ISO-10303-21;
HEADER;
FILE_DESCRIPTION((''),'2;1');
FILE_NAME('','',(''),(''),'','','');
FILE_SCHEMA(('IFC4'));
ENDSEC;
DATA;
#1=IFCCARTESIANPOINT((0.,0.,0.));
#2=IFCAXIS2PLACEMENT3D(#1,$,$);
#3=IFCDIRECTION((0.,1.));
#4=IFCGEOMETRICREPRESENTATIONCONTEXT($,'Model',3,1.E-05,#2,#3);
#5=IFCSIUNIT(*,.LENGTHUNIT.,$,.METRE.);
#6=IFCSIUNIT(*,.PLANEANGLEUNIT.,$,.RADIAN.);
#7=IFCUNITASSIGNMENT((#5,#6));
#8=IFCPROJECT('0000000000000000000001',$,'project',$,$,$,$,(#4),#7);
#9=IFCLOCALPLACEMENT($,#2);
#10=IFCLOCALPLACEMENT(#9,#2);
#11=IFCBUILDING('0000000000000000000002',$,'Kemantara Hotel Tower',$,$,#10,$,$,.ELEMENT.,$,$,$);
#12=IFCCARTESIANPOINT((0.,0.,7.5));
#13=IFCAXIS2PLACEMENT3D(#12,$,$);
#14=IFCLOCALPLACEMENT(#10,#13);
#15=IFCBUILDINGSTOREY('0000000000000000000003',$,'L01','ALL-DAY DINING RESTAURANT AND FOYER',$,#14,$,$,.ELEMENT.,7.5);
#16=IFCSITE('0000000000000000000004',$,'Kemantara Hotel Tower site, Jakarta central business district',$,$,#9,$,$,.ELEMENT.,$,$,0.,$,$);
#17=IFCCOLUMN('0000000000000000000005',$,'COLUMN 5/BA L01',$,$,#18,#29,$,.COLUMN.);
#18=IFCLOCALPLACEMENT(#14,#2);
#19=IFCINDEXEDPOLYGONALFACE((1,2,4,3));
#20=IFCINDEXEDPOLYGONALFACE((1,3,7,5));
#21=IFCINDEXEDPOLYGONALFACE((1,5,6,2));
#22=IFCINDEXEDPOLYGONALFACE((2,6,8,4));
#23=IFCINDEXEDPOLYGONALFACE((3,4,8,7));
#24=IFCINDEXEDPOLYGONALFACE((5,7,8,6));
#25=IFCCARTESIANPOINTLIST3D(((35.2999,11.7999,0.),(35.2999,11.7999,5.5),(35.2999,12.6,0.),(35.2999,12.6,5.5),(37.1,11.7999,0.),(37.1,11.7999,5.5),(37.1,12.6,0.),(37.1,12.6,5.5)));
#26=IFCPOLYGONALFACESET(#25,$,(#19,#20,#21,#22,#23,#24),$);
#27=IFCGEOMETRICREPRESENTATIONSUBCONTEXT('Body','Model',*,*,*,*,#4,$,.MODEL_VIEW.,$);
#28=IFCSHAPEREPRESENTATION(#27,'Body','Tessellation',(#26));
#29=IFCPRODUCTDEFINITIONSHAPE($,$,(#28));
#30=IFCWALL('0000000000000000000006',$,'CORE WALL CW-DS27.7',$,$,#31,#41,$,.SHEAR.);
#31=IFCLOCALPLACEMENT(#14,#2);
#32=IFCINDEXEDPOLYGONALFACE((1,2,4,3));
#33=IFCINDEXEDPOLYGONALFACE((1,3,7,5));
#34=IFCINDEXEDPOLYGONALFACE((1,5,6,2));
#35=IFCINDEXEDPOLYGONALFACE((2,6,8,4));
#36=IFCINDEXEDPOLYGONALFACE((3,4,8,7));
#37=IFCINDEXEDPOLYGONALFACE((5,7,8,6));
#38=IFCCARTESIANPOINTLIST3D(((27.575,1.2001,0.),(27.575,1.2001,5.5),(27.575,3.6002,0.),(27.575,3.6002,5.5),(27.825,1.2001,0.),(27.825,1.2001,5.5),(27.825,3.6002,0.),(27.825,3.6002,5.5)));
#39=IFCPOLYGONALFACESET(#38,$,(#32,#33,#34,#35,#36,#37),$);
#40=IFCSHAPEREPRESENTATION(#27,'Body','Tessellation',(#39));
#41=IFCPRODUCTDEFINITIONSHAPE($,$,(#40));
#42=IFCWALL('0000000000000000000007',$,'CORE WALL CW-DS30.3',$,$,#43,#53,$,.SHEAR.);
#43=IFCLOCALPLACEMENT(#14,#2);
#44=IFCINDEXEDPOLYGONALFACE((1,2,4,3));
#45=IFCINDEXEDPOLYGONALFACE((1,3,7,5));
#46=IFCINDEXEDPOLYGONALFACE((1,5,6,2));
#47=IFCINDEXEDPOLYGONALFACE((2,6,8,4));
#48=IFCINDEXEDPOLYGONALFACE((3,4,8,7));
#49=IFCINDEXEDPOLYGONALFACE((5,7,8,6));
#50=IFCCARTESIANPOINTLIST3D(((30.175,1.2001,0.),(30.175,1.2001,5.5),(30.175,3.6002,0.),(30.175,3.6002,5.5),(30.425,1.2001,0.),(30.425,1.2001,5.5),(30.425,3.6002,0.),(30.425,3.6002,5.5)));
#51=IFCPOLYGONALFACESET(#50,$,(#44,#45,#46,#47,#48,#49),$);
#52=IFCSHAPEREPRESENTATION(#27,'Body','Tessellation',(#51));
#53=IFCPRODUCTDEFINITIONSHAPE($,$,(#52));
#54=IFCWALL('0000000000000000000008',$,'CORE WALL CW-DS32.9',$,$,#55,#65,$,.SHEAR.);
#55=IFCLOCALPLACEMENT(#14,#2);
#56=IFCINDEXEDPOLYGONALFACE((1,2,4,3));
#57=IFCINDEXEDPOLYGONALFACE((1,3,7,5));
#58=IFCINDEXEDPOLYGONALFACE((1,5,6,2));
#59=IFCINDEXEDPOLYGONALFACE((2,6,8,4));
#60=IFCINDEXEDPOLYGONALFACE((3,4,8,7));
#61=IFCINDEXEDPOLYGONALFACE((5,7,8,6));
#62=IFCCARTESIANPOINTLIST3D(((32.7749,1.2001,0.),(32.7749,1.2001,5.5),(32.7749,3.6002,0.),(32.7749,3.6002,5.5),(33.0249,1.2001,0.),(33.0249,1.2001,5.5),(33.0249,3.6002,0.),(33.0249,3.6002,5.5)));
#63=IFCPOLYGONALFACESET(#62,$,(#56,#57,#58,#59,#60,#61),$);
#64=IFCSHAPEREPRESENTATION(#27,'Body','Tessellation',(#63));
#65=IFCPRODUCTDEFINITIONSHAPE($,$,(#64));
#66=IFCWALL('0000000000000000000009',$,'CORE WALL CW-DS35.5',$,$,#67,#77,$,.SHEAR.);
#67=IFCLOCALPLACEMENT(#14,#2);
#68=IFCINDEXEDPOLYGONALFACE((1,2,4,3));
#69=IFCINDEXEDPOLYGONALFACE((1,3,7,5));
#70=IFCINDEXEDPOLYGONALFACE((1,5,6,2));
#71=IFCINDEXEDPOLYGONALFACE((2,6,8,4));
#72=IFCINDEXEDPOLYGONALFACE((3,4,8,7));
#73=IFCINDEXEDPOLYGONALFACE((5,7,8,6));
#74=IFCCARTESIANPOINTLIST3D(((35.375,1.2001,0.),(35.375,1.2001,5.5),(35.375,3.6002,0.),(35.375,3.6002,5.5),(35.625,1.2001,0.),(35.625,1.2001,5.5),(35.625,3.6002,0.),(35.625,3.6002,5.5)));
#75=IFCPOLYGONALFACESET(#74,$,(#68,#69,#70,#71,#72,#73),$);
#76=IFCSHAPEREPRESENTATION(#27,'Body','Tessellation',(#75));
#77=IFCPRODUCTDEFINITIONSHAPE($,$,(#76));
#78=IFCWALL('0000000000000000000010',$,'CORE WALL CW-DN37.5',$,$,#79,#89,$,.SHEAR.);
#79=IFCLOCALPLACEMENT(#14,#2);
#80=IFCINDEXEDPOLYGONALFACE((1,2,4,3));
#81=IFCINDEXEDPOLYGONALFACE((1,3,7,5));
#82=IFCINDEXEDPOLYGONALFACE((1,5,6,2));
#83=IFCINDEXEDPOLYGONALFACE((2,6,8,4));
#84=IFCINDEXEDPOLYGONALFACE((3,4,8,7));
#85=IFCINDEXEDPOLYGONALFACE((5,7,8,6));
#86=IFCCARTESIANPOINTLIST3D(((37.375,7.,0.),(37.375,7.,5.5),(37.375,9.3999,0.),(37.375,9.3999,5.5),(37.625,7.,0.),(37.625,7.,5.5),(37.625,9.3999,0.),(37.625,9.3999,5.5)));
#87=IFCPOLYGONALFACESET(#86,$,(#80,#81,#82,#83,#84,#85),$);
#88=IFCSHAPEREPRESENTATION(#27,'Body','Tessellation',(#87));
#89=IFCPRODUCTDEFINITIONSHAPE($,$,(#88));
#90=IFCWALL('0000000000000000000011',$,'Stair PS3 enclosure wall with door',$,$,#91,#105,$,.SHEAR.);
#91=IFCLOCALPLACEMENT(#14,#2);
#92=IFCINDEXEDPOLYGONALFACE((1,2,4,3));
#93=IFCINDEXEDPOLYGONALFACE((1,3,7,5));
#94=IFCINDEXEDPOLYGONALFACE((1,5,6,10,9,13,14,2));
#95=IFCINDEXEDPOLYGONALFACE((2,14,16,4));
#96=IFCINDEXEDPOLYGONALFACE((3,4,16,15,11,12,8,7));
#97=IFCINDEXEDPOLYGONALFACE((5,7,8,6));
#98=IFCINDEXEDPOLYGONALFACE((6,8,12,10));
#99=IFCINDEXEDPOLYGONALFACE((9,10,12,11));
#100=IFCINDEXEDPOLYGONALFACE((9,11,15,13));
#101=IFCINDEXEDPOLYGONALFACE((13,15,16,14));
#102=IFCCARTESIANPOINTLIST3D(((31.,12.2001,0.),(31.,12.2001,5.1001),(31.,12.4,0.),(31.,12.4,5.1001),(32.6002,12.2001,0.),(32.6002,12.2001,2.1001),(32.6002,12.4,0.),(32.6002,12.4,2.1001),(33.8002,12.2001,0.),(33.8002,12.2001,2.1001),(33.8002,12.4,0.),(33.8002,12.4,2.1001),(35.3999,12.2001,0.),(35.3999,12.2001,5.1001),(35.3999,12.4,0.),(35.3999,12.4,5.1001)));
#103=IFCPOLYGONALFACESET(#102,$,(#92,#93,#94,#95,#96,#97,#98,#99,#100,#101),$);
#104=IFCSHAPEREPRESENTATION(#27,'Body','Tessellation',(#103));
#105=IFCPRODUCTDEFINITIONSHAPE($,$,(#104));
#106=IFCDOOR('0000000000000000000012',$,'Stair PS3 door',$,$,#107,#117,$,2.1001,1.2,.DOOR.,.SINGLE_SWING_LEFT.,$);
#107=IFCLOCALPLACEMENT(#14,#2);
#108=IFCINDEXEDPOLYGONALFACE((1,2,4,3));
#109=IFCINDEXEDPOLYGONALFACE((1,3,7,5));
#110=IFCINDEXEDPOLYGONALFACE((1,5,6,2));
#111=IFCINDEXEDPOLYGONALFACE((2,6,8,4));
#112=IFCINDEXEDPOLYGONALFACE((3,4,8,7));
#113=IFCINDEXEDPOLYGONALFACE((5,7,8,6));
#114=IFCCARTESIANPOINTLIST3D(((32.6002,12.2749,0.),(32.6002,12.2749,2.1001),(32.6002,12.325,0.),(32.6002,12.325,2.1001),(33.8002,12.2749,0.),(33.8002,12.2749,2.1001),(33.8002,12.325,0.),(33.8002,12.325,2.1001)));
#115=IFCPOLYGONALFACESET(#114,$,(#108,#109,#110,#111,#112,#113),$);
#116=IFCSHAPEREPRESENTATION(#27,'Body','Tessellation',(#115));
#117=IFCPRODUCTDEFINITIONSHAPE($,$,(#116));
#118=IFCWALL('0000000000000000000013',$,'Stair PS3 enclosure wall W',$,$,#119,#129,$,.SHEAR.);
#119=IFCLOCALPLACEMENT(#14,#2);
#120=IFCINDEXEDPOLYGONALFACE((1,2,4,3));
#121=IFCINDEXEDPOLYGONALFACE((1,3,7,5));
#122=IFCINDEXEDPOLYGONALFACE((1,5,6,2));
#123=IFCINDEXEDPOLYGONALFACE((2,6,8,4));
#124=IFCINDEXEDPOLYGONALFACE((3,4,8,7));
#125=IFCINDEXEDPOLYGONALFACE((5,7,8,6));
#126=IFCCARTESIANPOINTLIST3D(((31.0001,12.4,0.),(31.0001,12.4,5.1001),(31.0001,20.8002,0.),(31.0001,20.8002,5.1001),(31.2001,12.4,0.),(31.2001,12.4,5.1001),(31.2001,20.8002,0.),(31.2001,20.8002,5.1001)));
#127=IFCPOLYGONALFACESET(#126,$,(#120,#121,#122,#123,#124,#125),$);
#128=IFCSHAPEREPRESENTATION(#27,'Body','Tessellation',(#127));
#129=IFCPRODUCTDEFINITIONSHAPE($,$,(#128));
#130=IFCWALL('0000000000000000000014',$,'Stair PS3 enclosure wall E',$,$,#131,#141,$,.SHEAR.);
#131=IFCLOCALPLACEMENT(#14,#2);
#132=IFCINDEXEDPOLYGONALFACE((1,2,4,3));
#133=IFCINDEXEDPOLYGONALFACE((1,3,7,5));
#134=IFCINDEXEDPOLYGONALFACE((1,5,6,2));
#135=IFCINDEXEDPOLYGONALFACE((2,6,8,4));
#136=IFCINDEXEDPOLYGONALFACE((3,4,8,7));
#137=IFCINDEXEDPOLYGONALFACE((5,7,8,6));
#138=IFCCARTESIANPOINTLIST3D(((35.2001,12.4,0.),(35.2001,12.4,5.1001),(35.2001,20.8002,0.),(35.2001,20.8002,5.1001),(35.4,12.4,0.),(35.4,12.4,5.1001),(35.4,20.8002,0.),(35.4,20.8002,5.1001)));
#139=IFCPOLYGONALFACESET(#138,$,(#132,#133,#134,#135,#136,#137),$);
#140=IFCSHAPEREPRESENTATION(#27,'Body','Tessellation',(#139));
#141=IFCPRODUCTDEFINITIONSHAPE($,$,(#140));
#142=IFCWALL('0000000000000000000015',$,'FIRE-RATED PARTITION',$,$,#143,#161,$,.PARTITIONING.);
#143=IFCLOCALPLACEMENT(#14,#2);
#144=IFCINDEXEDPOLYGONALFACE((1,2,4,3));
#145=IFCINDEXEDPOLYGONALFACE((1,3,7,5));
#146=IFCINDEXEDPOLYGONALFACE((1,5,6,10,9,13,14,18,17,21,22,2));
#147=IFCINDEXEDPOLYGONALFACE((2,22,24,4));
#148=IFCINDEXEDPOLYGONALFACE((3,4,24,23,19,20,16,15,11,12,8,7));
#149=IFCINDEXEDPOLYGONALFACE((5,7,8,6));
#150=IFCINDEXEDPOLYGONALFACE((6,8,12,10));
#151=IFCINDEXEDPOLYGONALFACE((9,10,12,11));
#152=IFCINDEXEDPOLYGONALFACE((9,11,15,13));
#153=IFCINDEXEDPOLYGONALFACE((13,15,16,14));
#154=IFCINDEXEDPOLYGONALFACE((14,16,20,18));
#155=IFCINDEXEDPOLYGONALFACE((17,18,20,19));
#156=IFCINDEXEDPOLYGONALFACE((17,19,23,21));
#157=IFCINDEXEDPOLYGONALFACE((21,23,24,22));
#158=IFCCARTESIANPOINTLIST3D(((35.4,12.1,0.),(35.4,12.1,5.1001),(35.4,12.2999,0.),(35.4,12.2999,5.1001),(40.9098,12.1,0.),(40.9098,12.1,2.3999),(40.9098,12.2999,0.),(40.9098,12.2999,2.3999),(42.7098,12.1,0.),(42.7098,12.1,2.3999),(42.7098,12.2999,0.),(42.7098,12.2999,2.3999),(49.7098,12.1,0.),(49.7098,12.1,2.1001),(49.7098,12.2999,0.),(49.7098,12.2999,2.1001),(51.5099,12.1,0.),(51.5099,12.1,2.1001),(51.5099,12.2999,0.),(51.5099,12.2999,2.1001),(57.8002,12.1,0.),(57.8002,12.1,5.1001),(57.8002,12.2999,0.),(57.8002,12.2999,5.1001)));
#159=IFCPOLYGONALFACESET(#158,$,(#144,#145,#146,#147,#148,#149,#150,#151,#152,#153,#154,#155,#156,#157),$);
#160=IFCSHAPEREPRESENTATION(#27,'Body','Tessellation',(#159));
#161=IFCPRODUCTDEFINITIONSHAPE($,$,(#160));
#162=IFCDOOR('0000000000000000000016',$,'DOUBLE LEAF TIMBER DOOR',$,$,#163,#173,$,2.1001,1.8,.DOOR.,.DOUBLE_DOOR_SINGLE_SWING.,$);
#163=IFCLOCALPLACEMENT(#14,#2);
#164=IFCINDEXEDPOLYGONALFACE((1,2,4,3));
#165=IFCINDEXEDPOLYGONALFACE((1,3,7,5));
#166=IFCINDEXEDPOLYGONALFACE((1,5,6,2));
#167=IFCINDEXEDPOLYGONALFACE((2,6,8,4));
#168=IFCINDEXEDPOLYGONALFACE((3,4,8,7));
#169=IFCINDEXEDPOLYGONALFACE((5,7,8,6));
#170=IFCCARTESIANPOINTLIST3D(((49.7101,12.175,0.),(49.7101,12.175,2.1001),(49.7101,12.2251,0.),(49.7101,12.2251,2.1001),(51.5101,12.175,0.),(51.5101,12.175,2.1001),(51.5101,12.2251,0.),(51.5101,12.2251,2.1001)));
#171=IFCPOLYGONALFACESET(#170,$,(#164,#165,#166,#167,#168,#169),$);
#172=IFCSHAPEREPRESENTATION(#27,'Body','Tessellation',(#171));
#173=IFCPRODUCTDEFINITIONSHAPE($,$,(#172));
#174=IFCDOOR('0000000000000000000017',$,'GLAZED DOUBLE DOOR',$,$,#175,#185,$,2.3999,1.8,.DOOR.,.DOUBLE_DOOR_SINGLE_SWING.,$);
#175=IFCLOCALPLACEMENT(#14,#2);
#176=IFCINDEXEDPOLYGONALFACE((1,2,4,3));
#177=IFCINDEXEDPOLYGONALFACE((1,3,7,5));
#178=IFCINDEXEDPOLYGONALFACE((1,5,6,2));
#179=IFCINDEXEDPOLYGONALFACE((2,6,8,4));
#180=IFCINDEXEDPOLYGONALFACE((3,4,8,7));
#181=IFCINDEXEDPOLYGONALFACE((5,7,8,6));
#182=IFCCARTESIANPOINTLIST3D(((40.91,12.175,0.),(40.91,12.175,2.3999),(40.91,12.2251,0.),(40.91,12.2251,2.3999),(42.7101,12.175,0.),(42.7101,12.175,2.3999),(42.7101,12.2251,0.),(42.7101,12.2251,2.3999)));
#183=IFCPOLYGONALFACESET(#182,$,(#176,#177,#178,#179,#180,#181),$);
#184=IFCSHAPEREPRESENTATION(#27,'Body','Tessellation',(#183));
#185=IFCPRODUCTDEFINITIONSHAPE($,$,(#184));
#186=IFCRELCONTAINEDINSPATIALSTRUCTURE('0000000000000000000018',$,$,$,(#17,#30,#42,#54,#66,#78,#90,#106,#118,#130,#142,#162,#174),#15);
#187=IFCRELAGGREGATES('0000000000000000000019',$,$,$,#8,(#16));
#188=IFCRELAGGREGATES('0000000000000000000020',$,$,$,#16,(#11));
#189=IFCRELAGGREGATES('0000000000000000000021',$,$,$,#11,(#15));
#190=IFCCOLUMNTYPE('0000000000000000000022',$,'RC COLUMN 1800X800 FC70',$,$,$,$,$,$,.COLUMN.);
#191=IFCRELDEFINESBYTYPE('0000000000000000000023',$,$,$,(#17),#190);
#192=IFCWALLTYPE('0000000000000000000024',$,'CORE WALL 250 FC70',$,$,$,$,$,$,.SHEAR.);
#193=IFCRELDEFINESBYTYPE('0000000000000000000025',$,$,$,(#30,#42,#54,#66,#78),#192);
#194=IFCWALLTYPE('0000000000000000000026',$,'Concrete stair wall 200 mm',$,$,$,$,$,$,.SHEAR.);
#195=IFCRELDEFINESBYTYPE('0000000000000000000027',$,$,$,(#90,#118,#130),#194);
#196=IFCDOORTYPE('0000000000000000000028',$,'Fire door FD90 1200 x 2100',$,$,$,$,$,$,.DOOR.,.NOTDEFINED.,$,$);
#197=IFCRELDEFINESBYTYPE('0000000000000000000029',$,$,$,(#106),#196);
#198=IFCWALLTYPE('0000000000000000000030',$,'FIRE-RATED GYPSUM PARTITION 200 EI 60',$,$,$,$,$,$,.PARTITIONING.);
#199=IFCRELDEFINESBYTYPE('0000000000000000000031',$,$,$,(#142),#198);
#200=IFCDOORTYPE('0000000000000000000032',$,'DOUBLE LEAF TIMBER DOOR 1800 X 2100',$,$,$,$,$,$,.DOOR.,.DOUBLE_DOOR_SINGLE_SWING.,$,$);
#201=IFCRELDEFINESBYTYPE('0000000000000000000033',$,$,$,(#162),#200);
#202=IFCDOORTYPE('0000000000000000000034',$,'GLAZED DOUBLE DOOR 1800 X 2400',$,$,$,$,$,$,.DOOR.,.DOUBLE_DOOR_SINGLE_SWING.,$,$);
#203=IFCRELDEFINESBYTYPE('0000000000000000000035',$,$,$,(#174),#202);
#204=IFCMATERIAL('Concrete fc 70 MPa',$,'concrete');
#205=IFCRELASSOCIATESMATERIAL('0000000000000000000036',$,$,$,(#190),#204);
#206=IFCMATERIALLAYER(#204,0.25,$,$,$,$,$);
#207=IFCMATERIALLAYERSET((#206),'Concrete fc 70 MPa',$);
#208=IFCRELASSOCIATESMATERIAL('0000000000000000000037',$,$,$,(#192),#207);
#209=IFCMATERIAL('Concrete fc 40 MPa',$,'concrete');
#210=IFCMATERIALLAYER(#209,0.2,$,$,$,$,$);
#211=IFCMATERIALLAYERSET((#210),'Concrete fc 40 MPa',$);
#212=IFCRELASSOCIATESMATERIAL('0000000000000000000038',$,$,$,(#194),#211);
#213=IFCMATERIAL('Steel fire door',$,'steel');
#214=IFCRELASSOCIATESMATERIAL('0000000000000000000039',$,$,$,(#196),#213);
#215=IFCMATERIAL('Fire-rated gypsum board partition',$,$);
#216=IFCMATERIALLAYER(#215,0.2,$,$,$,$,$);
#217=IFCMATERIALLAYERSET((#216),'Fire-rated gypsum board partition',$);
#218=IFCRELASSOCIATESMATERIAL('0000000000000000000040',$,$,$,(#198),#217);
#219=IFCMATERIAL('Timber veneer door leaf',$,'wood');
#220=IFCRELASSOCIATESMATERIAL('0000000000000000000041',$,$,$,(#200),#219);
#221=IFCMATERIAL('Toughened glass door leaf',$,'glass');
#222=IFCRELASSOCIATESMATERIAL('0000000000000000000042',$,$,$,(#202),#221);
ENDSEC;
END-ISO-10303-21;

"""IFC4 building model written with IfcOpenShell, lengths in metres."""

from ifc_helpers import new_model, si_unit, direction, frame, frame_2d, origin, origin_2d, place, context, subcontext, project, spatial, rectangle, extrude, material, layer, layer_set, material_profile, profile_set, type_object, element, fill, save


model = new_model("IFC4")

# Units and contexts
model_context = context("Model", 3, precision=1e-05, world=origin(), true_north=direction((0.0, 1.0)))
body_context = subcontext(model_context, "Body", "Model", "MODEL_VIEW")
ifc_project = project(units=[si_unit("LENGTHUNIT", "METRE"), si_unit("PLANEANGLEUNIT", "RADIAN")], contexts=[model_context])

# Site, building, storey
site_placement = place(None, origin())
site = spatial("IfcSite", under=ifc_project, at=site_placement, Name="Kemantara Hotel Tower site, Jakarta central business district", CompositionType="ELEMENT", RefElevation=0.0)
building_placement = place(site_placement, origin())
building = spatial("IfcBuilding", under=site, at=building_placement, Name="Kemantara Hotel Tower", CompositionType="ELEMENT")
storey_placement = place(building_placement, frame((0.0, 0.0, 7.5)))
storey = spatial("IfcBuildingStorey", under=building, at=storey_placement, Name="L01", Description="ALL-DAY DINING RESTAURANT AND FOYER", CompositionType="ELEMENT", Elevation=7.5)

# Column
ifc_material_1 = material(Name="Concrete fc 70 MPa", Category="concrete")
ifc_material_profile = material_profile(ifc_material_1, rectangle(XDim=1.8, YDim=0.8, at=origin_2d()), Name="RC 1800X800")
ifc_profile_set = profile_set([ifc_material_profile], Name="Concrete fc 70 MPa")
column_type = type_object("IfcColumnType", Name="RC COLUMN 1800X800 FC70", PredefinedType="COLUMN", material=ifc_profile_set)
column_placement = place(storey_placement, frame((36.2, 12.2, 0.0), z_axis=(0.0, 0.0, 1.0), x_axis=(1.0, 0.0, 0.0)))
element("IfcColumn", 1, at=column_placement, inside=storey, type_object=column_type, Name="COLUMN 5/BA L01", PredefinedType="COLUMN", context=body_context, shape_type="SweptSolid", body=[
    extrude(rectangle(XDim=1.8, YDim=0.8, at=origin_2d()), origin(), (0.0, 0.0, 1.0), 5.5),
])

# Walls
ifc_layer_1 = layer(ifc_material_1, 0.25)
ifc_layer_set_1 = layer_set([ifc_layer_1], Name="Concrete fc 70 MPa")
wall_type_1 = type_object("IfcWallType", Name="CORE WALL 250 FC70", PredefinedType="SHEAR", material=ifc_layer_set_1)
for number, where, z_axis, x_axis, name in (
    (2, (27.7, 1.2, 0.0), (0.0, 0.0, 1.0), (0.0, 1.0, 0.0), "CORE WALL CW-DS27.7"),
    (3, (30.3, 1.2, 0.0), (0.0, 0.0, 1.0), (0.0, 1.0, 0.0), "CORE WALL CW-DS30.3"),
    (4, (32.8999, 1.2, 0.0), (0.0, 0.0, 1.0), (0.0, 1.0, 0.0), "CORE WALL CW-DS32.9"),
    (5, (35.5, 1.2, 0.0), (0.0, 0.0, 1.0), (0.0, 1.0, 0.0), "CORE WALL CW-DS35.5"),
):
    element("IfcWall", number, at=place(storey_placement, frame(where, z_axis=z_axis, x_axis=x_axis)), inside=storey, type_object=wall_type_1, Name=name, PredefinedType="SHEAR", context=body_context, shape_type="SweptSolid", body=[
        extrude(rectangle(XDim=2.4001, YDim=0.25, at=frame_2d((1.2002, 0.0))), origin(), (0.0, 0.0, 1.0), 5.5),
    ])
wall_1_placement = place(storey_placement, frame((37.5, 7.0, 0.0), z_axis=(0.0, 0.0, 1.0), x_axis=(0.0, 1.0, 0.0)))
element("IfcWall", 6, at=wall_1_placement, inside=storey, type_object=wall_type_1, Name="CORE WALL CW-DN37.5", PredefinedType="SHEAR", context=body_context, shape_type="SweptSolid", body=[
    extrude(rectangle(XDim=2.3999, YDim=0.25, at=frame_2d((1.2, 0.0))), origin(), (0.0, 0.0, 1.0), 5.5),
])

# Wall, opening, door
ifc_material_2 = material(Name="Concrete fc 40 MPa", Category="concrete")
ifc_layer_2 = layer(ifc_material_2, 0.2)
ifc_layer_set_2 = layer_set([ifc_layer_2], Name="Concrete fc 40 MPa")
wall_type_2 = type_object("IfcWallType", Name="Concrete stair wall 200 mm", PredefinedType="SHEAR", material=ifc_layer_set_2)
wall_2_placement = place(storey_placement, frame((31.0, 12.3, 0.0), z_axis=(0.0, 0.0, 1.0), x_axis=(1.0, 0.0, 0.0)))
wall_2 = element("IfcWall", 7, at=wall_2_placement, inside=storey, type_object=wall_type_2, Name="Stair PS3 enclosure wall with door", PredefinedType="SHEAR", context=body_context, shape_type="SweptSolid", body=[
    extrude(rectangle(XDim=4.3999, YDim=0.2, at=frame_2d((2.2, 0.0))), origin(), (0.0, 0.0, 1.0), 5.1001),
])
opening_1_placement = place(wall_2_placement, frame((1.6001, 0.0, 0.0)))
opening_1 = element("IfcOpeningElement", 8, at=opening_1_placement, cuts=wall_2, PredefinedType="OPENING", context=body_context, shape_type="SweptSolid", body=[
    extrude(rectangle(XDim=1.2, YDim=2.1001, at=frame_2d((0.6001, 1.05))), frame((0.0, 0.1099, 0.0), z_axis=(0.0, -1.0, 0.0), x_axis=(1.0, 0.0, 0.0)), (0.0, 0.0, 1.0), 0.22),
])
ifc_material_3 = material(Name="Steel fire door", Category="steel")
door_type_1 = type_object("IfcDoorType", Name="Fire door FD90 1200 x 2100", OperationType="NOTDEFINED", PredefinedType="DOOR", material=ifc_material_3)
door_1_placement = place(opening_1_placement, origin())
door_1 = element("IfcDoor", 9, at=door_1_placement, inside=storey, type_object=door_type_1, Name="Stair PS3 door", OperationType="SINGLE_SWING_LEFT", OverallHeight=2.1001, OverallWidth=1.2, PredefinedType="DOOR", context=body_context, shape_type="SweptSolid", body=[
    extrude(rectangle(XDim=1.2, YDim=2.1001, at=frame_2d((0.6001, 1.05))), frame((0.0, 0.0249, 0.0), z_axis=(0.0, -1.0, 0.0), x_axis=(1.0, 0.0, 0.0)), (0.0, 0.0, 1.0), 0.05),
])
fill(opening_1, door_1)

# Walls
for number, where, z_axis, x_axis, name in (
    (10, (31.1001, 12.3999, 0.0), (0.0, 0.0, 1.0), (0.0, 1.0, 0.0), "Stair PS3 enclosure wall W"),
    (11, (35.3, 12.3999, 0.0), (0.0, 0.0, 1.0), (0.0, 1.0, 0.0), "Stair PS3 enclosure wall E"),
):
    element("IfcWall", number, at=place(storey_placement, frame(where, z_axis=z_axis, x_axis=x_axis)), inside=storey, type_object=wall_type_2, Name=name, PredefinedType="SHEAR", context=body_context, shape_type="SweptSolid", body=[
        extrude(rectangle(XDim=8.4001, YDim=0.2, at=frame_2d((4.2002, 0.0))), origin(), (0.0, 0.0, 1.0), 5.1001),
    ])

# Wall, openings, doors
ifc_material_4 = material(Name="Fire-rated gypsum board partition")
ifc_layer_3 = layer(ifc_material_4, 0.2)
ifc_layer_set_3 = layer_set([ifc_layer_3], Name="Fire-rated gypsum board partition")
wall_type_3 = type_object("IfcWallType", Name="FIRE-RATED GYPSUM PARTITION 200 EI 60", PredefinedType="PARTITIONING", material=ifc_layer_set_3)
wall_3_placement = place(storey_placement, frame((35.3999, 12.2, 0.0), z_axis=(0.0, 0.0, 1.0), x_axis=(1.0, 0.0, 0.0)))
wall_3 = element("IfcWall", 12, at=wall_3_placement, inside=storey, type_object=wall_type_3, Name="FIRE-RATED PARTITION", PredefinedType="PARTITIONING", context=body_context, shape_type="SweptSolid", body=[
    extrude(rectangle(XDim=22.4001, YDim=0.2, at=frame_2d((11.2002, 0.0))), origin(), (0.0, 0.0, 1.0), 5.1001),
])
opening_2_placement = place(wall_3_placement, frame((5.51, 0.0, 0.0)))
opening_2 = element("IfcOpeningElement", 13, at=opening_2_placement, cuts=wall_3, PredefinedType="OPENING", context=body_context, shape_type="SweptSolid", body=[
    extrude(rectangle(XDim=1.8, YDim=2.3999, at=frame_2d((0.8999, 1.2))), frame((0.0, 0.1099, 0.0), z_axis=(0.0, -1.0, 0.0), x_axis=(1.0, 0.0, 0.0)), (0.0, 0.0, 1.0), 0.22),
])
opening_3_placement = place(wall_3_placement, frame((14.3101, 0.0, 0.0)))
opening_3 = element("IfcOpeningElement", 14, at=opening_3_placement, cuts=wall_3, PredefinedType="OPENING", context=body_context, shape_type="SweptSolid", body=[
    extrude(rectangle(XDim=1.8, YDim=2.1001, at=frame_2d((0.8999, 1.05))), frame((0.0, 0.1099, 0.0), z_axis=(0.0, -1.0, 0.0), x_axis=(1.0, 0.0, 0.0)), (0.0, 0.0, 1.0), 0.22),
])
ifc_material_5 = material(Name="Timber veneer door leaf", Category="wood")
door_type_2 = type_object("IfcDoorType", Name="DOUBLE LEAF TIMBER DOOR 1800 X 2100", OperationType="DOUBLE_DOOR_SINGLE_SWING", PredefinedType="DOOR", material=ifc_material_5)
door_2_placement = place(opening_3_placement, frame((1.8, 0.0, 0.0), z_axis=(0.0, 0.0, 1.0), x_axis=(-1.0, 0.0, 0.0)))
door_2 = element("IfcDoor", 15, at=door_2_placement, inside=storey, type_object=door_type_2, Name="DOUBLE LEAF TIMBER DOOR", OperationType="DOUBLE_DOOR_SINGLE_SWING", OverallHeight=2.1001, OverallWidth=1.8, PredefinedType="DOOR", context=body_context, shape_type="SweptSolid", body=[
    extrude(rectangle(XDim=1.8, YDim=2.1001, at=frame_2d((0.8999, 1.05))), frame((0.0, 0.0249, 0.0), z_axis=(0.0, -1.0, 0.0), x_axis=(1.0, 0.0, 0.0)), (0.0, 0.0, 1.0), 0.05),
])
fill(opening_3, door_2)
ifc_material_6 = material(Name="Toughened glass door leaf", Category="glass")
door_type_3 = type_object("IfcDoorType", Name="GLAZED DOUBLE DOOR 1800 X 2400", OperationType="DOUBLE_DOOR_SINGLE_SWING", PredefinedType="DOOR", material=ifc_material_6)
door_3_placement = place(opening_2_placement, frame((1.8, 0.0, 0.0), z_axis=(0.0, 0.0, 1.0), x_axis=(-1.0, 0.0, 0.0)))
door_3 = element("IfcDoor", 16, at=door_3_placement, inside=storey, type_object=door_type_3, Name="GLAZED DOUBLE DOOR", OperationType="DOUBLE_DOOR_SINGLE_SWING", OverallHeight=2.3999, OverallWidth=1.8, PredefinedType="DOOR", context=body_context, shape_type="SweptSolid", body=[
    extrude(rectangle(XDim=1.8, YDim=2.3999, at=frame_2d((0.8999, 1.2))), frame((0.0, 0.0249, 0.0), z_axis=(0.0, -1.0, 0.0), x_axis=(1.0, 0.0, 0.0)), (0.0, 0.0, 1.0), 0.05),
])
fill(opening_2, door_3)

save(model, "model.ifc")
